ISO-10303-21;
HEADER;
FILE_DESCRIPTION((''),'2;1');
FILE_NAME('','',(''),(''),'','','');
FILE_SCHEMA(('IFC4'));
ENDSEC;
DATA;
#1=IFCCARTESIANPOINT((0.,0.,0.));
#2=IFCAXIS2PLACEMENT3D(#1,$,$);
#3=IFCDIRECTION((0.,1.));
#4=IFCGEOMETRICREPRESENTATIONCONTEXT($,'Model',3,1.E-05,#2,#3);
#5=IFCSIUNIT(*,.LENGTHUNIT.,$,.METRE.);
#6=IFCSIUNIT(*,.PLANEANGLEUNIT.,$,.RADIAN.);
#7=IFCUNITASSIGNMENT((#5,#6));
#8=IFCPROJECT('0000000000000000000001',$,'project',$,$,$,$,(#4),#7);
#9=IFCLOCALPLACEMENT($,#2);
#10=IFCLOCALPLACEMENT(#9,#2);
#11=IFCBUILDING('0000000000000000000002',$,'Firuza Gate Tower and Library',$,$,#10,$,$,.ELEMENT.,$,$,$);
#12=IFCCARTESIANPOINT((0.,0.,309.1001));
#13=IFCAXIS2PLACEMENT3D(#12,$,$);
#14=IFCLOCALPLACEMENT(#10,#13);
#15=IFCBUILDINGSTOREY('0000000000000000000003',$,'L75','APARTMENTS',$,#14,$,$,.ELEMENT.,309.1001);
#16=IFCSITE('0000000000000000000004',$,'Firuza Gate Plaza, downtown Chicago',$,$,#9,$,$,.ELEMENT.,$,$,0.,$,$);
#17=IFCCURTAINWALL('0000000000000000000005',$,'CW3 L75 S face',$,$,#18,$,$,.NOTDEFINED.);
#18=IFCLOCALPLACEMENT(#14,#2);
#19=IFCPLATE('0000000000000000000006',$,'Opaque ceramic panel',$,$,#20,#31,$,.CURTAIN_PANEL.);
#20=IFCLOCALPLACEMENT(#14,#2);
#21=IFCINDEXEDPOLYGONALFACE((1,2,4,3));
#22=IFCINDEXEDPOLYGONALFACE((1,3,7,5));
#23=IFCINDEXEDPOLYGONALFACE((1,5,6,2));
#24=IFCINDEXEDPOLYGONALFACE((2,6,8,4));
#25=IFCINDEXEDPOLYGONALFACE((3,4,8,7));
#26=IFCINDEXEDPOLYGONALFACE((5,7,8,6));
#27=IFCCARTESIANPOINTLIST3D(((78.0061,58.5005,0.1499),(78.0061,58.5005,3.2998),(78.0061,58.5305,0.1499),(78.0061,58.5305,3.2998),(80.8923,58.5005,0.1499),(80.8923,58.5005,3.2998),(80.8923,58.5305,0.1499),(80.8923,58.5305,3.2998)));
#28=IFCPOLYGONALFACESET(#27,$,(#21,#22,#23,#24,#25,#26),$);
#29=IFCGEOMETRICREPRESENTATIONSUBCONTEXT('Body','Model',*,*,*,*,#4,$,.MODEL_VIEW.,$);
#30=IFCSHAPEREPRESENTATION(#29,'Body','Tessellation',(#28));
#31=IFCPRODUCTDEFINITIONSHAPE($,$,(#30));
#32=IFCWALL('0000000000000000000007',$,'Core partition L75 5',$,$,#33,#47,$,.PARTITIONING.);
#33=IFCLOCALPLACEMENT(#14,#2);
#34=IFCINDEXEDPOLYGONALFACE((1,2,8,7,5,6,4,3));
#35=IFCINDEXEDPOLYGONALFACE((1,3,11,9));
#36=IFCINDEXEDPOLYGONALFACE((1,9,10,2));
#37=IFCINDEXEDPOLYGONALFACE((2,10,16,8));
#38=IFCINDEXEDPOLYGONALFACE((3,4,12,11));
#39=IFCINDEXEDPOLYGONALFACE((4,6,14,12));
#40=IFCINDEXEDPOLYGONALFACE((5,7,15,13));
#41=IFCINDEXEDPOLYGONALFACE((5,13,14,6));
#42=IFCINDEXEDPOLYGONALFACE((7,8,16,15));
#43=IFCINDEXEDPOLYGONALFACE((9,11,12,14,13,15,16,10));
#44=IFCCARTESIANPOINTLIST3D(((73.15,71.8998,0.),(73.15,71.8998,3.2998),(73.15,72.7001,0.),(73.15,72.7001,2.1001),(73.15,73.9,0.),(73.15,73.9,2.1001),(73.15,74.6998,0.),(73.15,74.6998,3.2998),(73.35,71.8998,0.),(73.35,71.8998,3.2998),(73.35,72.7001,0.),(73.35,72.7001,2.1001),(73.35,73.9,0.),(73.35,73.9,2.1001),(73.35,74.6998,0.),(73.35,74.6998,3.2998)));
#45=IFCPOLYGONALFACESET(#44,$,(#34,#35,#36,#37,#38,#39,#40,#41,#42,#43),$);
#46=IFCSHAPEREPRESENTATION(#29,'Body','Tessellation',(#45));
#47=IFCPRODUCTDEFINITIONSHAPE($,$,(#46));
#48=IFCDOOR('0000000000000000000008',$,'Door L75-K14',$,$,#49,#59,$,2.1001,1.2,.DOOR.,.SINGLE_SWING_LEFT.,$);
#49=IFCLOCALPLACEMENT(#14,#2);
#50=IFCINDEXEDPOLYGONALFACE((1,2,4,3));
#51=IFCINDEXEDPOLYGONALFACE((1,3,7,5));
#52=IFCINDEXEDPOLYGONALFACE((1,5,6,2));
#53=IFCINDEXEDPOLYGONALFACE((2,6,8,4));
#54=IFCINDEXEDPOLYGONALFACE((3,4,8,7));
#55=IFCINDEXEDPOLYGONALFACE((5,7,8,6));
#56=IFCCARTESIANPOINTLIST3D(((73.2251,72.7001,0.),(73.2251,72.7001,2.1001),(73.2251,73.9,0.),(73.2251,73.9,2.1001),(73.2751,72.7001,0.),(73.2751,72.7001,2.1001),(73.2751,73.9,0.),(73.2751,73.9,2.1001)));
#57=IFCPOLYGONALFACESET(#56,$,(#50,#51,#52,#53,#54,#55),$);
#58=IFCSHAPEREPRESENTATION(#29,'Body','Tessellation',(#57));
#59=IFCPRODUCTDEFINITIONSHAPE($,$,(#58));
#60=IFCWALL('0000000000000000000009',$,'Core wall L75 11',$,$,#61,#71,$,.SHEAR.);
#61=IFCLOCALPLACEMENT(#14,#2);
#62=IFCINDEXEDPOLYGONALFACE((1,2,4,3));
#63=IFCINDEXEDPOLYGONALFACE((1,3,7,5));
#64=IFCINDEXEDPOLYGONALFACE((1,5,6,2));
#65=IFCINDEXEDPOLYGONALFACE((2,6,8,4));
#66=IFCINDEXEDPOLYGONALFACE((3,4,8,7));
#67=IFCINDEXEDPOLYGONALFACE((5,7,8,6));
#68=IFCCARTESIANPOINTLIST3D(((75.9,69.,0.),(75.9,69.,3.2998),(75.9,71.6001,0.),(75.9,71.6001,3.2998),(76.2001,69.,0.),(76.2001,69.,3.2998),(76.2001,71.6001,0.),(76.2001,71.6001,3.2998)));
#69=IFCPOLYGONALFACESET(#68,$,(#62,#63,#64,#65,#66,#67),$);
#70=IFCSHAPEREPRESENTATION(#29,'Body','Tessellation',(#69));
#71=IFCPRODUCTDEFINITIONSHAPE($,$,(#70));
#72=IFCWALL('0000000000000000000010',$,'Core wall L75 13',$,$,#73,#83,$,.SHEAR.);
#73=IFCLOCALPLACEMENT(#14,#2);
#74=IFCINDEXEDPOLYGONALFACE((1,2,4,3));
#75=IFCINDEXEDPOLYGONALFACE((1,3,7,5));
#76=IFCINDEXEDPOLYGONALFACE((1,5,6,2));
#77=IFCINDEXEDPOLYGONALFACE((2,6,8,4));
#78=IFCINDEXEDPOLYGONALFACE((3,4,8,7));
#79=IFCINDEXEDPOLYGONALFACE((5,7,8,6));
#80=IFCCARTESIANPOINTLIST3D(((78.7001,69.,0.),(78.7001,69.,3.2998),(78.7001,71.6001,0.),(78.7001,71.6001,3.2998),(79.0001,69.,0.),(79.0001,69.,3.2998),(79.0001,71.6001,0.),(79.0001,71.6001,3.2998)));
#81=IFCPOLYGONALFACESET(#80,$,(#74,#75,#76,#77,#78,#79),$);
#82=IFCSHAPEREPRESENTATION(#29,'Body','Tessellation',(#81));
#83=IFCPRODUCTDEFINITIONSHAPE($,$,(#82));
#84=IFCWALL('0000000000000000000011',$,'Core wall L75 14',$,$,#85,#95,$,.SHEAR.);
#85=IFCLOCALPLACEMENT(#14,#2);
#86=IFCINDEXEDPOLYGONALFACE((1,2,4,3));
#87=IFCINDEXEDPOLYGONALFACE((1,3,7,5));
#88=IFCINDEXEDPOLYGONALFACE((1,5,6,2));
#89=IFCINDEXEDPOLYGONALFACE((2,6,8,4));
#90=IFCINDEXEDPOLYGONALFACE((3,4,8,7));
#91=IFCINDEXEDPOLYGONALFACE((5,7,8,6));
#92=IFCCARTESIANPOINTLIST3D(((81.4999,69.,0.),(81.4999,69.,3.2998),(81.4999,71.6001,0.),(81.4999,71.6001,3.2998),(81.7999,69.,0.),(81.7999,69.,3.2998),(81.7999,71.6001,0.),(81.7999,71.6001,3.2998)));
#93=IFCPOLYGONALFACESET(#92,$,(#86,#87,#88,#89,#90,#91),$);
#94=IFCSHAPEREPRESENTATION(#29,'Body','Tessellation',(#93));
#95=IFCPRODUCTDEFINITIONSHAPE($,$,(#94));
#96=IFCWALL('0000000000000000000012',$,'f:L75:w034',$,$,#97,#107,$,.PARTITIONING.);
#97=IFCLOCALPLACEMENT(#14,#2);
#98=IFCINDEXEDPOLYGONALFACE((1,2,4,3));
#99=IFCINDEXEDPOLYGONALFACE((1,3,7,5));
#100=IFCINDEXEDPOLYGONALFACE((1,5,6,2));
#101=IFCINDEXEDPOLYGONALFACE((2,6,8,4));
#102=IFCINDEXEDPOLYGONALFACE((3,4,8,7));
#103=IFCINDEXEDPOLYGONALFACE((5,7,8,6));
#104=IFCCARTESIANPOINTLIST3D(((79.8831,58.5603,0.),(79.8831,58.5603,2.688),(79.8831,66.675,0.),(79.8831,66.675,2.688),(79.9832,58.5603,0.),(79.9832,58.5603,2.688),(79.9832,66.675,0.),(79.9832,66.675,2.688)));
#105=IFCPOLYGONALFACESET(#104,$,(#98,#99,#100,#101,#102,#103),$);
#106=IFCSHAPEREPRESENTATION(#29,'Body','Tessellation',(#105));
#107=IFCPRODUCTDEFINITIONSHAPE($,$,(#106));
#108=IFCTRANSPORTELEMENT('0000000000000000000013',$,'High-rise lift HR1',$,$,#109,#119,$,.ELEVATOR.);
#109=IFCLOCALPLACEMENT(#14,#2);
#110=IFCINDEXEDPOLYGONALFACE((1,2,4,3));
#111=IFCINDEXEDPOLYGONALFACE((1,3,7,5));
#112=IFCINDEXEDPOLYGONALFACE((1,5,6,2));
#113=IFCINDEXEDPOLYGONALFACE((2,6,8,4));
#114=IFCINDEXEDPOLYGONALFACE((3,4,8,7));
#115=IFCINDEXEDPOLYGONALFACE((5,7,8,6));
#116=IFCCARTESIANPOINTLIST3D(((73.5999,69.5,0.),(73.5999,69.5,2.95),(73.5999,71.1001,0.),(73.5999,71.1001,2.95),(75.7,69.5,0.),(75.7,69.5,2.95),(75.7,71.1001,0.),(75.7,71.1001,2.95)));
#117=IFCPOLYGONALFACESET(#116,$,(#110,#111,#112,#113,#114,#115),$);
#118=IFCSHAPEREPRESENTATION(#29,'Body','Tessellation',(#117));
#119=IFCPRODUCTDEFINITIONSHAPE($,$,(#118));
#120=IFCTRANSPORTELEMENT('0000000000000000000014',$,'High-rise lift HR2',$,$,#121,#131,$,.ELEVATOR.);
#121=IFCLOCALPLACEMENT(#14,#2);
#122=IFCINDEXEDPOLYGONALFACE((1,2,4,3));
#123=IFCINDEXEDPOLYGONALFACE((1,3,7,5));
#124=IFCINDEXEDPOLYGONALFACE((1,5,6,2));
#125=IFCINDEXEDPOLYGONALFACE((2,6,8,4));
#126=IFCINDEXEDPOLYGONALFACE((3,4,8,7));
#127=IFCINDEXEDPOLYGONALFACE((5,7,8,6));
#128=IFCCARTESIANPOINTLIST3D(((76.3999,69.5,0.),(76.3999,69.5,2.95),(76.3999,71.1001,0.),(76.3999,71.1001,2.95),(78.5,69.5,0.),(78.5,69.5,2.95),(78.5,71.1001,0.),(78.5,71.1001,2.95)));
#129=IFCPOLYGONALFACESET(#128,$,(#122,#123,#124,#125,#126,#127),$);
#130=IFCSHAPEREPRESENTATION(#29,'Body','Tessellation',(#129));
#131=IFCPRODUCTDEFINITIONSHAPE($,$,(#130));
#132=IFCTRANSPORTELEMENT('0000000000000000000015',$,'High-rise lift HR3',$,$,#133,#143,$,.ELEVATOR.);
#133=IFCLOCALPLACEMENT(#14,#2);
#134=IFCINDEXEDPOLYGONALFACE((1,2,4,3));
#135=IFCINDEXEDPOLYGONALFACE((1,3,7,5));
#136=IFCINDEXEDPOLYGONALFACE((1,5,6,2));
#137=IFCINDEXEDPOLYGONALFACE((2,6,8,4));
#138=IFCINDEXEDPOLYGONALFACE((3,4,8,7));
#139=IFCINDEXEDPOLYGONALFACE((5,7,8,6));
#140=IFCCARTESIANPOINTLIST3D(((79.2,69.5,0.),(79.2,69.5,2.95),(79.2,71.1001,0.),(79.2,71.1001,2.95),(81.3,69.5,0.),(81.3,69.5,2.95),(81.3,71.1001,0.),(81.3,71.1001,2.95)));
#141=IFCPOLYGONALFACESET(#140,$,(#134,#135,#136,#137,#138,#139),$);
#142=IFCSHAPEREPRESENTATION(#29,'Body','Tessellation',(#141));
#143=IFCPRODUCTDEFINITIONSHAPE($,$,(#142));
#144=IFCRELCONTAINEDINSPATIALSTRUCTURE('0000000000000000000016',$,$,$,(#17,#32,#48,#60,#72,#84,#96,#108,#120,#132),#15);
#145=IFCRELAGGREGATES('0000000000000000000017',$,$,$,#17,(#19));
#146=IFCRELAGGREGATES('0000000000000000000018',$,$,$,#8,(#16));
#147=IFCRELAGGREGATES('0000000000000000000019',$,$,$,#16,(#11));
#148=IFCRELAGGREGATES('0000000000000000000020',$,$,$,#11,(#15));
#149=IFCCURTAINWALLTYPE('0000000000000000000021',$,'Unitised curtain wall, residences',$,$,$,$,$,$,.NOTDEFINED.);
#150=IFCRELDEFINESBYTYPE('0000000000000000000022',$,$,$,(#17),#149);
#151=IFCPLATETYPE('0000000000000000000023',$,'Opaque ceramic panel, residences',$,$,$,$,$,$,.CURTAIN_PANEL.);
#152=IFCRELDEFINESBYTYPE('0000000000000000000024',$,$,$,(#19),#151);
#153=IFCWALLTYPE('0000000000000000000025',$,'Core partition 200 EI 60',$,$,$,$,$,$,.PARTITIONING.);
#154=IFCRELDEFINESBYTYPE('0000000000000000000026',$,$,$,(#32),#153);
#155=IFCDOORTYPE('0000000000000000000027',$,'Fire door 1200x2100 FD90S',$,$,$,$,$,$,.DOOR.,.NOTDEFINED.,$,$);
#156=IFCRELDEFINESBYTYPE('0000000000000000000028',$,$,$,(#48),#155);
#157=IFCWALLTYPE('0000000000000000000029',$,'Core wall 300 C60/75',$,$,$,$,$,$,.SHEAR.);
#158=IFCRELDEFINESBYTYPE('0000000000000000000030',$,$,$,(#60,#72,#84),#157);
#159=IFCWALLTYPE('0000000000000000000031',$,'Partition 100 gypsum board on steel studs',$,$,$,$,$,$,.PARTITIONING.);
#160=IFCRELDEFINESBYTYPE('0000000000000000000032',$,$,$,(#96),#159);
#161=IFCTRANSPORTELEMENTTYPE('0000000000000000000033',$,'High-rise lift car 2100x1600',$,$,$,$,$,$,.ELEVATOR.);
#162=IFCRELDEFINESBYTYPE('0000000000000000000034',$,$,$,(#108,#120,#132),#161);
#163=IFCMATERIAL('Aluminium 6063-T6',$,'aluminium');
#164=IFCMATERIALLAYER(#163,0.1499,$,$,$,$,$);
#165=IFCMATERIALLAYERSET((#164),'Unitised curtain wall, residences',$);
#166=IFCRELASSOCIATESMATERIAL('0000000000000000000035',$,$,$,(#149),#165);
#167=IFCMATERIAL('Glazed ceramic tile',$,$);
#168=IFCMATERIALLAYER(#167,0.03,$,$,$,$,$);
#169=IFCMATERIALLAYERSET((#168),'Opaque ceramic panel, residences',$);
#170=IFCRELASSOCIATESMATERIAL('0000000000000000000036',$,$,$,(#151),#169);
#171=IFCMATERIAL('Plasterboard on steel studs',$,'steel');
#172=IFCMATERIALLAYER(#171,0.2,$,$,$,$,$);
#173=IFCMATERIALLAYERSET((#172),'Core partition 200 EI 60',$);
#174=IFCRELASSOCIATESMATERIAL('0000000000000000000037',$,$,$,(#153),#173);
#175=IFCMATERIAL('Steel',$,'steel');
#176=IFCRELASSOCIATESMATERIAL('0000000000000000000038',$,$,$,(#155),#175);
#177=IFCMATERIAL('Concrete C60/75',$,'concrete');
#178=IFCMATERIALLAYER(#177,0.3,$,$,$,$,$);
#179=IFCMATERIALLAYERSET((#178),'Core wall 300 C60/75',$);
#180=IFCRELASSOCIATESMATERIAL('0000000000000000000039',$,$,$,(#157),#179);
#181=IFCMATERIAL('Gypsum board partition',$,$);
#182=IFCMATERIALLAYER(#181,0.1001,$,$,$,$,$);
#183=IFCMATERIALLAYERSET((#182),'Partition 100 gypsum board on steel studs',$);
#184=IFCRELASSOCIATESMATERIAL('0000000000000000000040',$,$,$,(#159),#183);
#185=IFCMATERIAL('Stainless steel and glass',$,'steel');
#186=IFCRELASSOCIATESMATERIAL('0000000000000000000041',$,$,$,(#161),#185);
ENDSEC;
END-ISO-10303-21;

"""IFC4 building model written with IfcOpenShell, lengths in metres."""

from ifc_helpers import new_model, si_unit, direction, frame, frame_2d, origin, origin_2d, place, context, subcontext, project, spatial, polyline, rectangle, outline, extrude, material, layer, layer_set, type_object, element, fill, aggregate, save


model = new_model("IFC4")

# Units and contexts
model_context = context("Model", 3, precision=1e-05, world=origin(), true_north=direction((0.0, 1.0)))
body_context = subcontext(model_context, "Body", "Model", "MODEL_VIEW")
ifc_project = project(units=[si_unit("LENGTHUNIT", "METRE"), si_unit("PLANEANGLEUNIT", "RADIAN")], contexts=[model_context])

# Site, building, storey
site_placement = place(None, origin())
site = spatial("IfcSite", under=ifc_project, at=site_placement, Name="Firuza Gate Plaza, downtown Chicago", CompositionType="ELEMENT", RefElevation=0.0)
building_placement = place(site_placement, origin())
building = spatial("IfcBuilding", under=site, at=building_placement, Name="Firuza Gate Tower and Library", CompositionType="ELEMENT")
storey_placement = place(building_placement, frame((0.0, 0.0, 309.1001)))
storey = spatial("IfcBuildingStorey", under=building, at=storey_placement, Name="L75", Description="APARTMENTS", CompositionType="ELEMENT", Elevation=309.1001)

# Curtain wall
ifc_material_1 = material(Name="Aluminium 6063-T6", Category="aluminium")
ifc_layer_1 = layer(ifc_material_1, 0.1499)
ifc_layer_set_1 = layer_set([ifc_layer_1], Name="Unitised curtain wall, residences")
curtain_wall_type = type_object("IfcCurtainWallType", Name="Unitised curtain wall, residences", PredefinedType="NOTDEFINED", material=ifc_layer_set_1)
curtain_wall_placement = place(storey_placement, origin())
curtain_wall = element("IfcCurtainWall", 1, at=curtain_wall_placement, inside=storey, type_object=curtain_wall_type, Name="CW3 L75 S face", PredefinedType="NOTDEFINED")

# Plate
ifc_material_2 = material(Name="Glazed ceramic tile")
ifc_layer_2 = layer(ifc_material_2, 0.03)
ifc_layer_set_2 = layer_set([ifc_layer_2], Name="Opaque ceramic panel, residences")
plate_type_1 = type_object("IfcPlateType", Name="Opaque ceramic panel, residences", PredefinedType="CURTAIN_PANEL", material=ifc_layer_set_2)
plate_1_placement = place(storey_placement, frame((78.0061, 58.5005, 0.1499), z_axis=(0.0, -1.0, 0.0), x_axis=(1.0, 0.0, 0.0)))
plate_1 = element("IfcPlate", 2, at=plate_1_placement, type_object=plate_type_1, Name="Opaque ceramic panel", PredefinedType="CURTAIN_PANEL", context=body_context, shape_type="SweptSolid", body=[
    extrude(outline(polyline([(0.0, 0.0), (2.8862, 0.0), (2.8862, 3.1499), (0.0, 3.1499), (0.0, 0.0)])), origin(), (0.0, 0.0, -1.0), 0.03),
])
aggregate(curtain_wall, [plate_1])

# Wall, opening, door
ifc_material_3 = material(Name="Plasterboard on steel studs", Category="steel")
ifc_layer_3 = layer(ifc_material_3, 0.2)
ifc_layer_set_3 = layer_set([ifc_layer_3], Name="Core partition 200 EI 60")
wall_type_1 = type_object("IfcWallType", Name="Core partition 200 EI 60", PredefinedType="PARTITIONING", material=ifc_layer_set_3)
wall_1_placement = place(storey_placement, frame((73.25, 71.8999, 0.0), z_axis=(0.0, 0.0, 1.0), x_axis=(0.0, 1.0, 0.0)))
wall_1 = element("IfcWall", 3, at=wall_1_placement, inside=storey, type_object=wall_type_1, Name="Core partition L75 5", PredefinedType="PARTITIONING", context=body_context, shape_type="SweptSolid", body=[
    extrude(rectangle(XDim=2.8, YDim=0.2, at=frame_2d((1.3999, 0.0))), origin(), (0.0, 0.0, 1.0), 3.2998),
])
opening_placement = place(wall_1_placement, frame((0.8, 0.0, 0.0)))
opening = element("IfcOpeningElement", 4, at=opening_placement, cuts=wall_1, PredefinedType="OPENING", context=body_context, shape_type="SweptSolid", body=[
    extrude(rectangle(XDim=1.2, YDim=2.1001, at=frame_2d((0.6001, 1.05))), frame((0.0, 0.1099, 0.0), z_axis=(0.0, -1.0, 0.0), x_axis=(1.0, 0.0, 0.0)), (0.0, 0.0, 1.0), 0.22),
])
ifc_material_4 = material(Name="Steel", Category="steel")
door_type = type_object("IfcDoorType", Name="Fire door 1200x2100 FD90S", OperationType="NOTDEFINED", PredefinedType="DOOR", material=ifc_material_4)
door_placement = place(opening_placement, origin())
door = element("IfcDoor", 5, at=door_placement, inside=storey, type_object=door_type, Name="Door L75-K14", OperationType="SINGLE_SWING_LEFT", OverallHeight=2.1001, OverallWidth=1.2, PredefinedType="DOOR", context=body_context, shape_type="SweptSolid", body=[
    extrude(rectangle(XDim=1.2, YDim=2.1001, at=frame_2d((0.6001, 1.05))), frame((0.0, 0.0249, 0.0), z_axis=(0.0, -1.0, 0.0), x_axis=(1.0, 0.0, 0.0)), (0.0, 0.0, 1.0), 0.05),
])
fill(opening, door)

# Walls
ifc_material_5 = material(Name="Concrete C60/75", Category="concrete")
ifc_layer_4 = layer(ifc_material_5, 0.3)
ifc_layer_set_4 = layer_set([ifc_layer_4], Name="Core wall 300 C60/75")
wall_type_2 = type_object("IfcWallType", Name="Core wall 300 C60/75", PredefinedType="SHEAR", material=ifc_layer_set_4)
for number, where, z_axis, x_axis, name in (
    (6, (76.05, 69.0, 0.0), (0.0, 0.0, 1.0), (0.0, 1.0, 0.0), "Core wall L75 11"),
    (7, (78.8501, 69.0, 0.0), (0.0, 0.0, 1.0), (0.0, 1.0, 0.0), "Core wall L75 13"),
    (8, (81.6499, 69.0, 0.0), (0.0, 0.0, 1.0), (0.0, 1.0, 0.0), "Core wall L75 14"),
):
    element("IfcWall", number, at=place(storey_placement, frame(where, z_axis=z_axis, x_axis=x_axis)), inside=storey, type_object=wall_type_2, Name=name, PredefinedType="SHEAR", context=body_context, shape_type="SweptSolid", body=[
        extrude(rectangle(XDim=2.6001, YDim=0.3, at=frame_2d((1.3, 0.0))), origin(), (0.0, 0.0, 1.0), 3.2998),
    ])
ifc_material_6 = material(Name="Gypsum board partition")
ifc_layer_5 = layer(ifc_material_6, 0.1001)
ifc_layer_set_5 = layer_set([ifc_layer_5], Name="Partition 100 gypsum board on steel studs")
wall_type_3 = type_object("IfcWallType", Name="Partition 100 gypsum board on steel studs", PredefinedType="PARTITIONING", material=ifc_layer_set_5)
wall_2_placement = place(storey_placement, frame((79.9331, 58.5603, 0.0), z_axis=(0.0, 0.0, 1.0), x_axis=(0.0, 1.0, 0.0)))
element("IfcWall", 9, at=wall_2_placement, inside=storey, type_object=wall_type_3, Name="f:L75:w034", PredefinedType="PARTITIONING", context=body_context, shape_type="SweptSolid", body=[
    extrude(rectangle(XDim=8.1147, YDim=0.1001, at=frame_2d((4.0574, 0.0))), origin(), (0.0, 0.0, 1.0), 2.688),
])

# Transport elements
ifc_material_7 = material(Name="Stainless steel and glass", Category="steel")
transport_element_type = type_object("IfcTransportElementType", Name="High-rise lift car 2100x1600", PredefinedType="ELEVATOR", material=ifc_material_7)
for number, where, z_axis, x_axis, name in (
    (10, (74.6499, 70.3, 0.0), (0.0, 0.0, 1.0), (1.0, 0.0, 0.0), "High-rise lift HR1"),
    (11, (77.45, 70.3, 0.0), (0.0, 0.0, 1.0), (1.0, 0.0, 0.0), "High-rise lift HR2"),
    (12, (80.25, 70.3, 0.0), (0.0, 0.0, 1.0), (1.0, 0.0, 0.0), "High-rise lift HR3"),
):
    element("IfcTransportElement", number, at=place(storey_placement, frame(where, z_axis=z_axis, x_axis=x_axis)), inside=storey, type_object=transport_element_type, Name=name, PredefinedType="ELEVATOR", context=body_context, shape_type="SweptSolid", body=[
        extrude(rectangle(XDim=2.1001, YDim=1.6001, at=origin_2d()), origin(), (0.0, 0.0, 1.0), 2.95),
    ])

save(model, "model.ifc")
